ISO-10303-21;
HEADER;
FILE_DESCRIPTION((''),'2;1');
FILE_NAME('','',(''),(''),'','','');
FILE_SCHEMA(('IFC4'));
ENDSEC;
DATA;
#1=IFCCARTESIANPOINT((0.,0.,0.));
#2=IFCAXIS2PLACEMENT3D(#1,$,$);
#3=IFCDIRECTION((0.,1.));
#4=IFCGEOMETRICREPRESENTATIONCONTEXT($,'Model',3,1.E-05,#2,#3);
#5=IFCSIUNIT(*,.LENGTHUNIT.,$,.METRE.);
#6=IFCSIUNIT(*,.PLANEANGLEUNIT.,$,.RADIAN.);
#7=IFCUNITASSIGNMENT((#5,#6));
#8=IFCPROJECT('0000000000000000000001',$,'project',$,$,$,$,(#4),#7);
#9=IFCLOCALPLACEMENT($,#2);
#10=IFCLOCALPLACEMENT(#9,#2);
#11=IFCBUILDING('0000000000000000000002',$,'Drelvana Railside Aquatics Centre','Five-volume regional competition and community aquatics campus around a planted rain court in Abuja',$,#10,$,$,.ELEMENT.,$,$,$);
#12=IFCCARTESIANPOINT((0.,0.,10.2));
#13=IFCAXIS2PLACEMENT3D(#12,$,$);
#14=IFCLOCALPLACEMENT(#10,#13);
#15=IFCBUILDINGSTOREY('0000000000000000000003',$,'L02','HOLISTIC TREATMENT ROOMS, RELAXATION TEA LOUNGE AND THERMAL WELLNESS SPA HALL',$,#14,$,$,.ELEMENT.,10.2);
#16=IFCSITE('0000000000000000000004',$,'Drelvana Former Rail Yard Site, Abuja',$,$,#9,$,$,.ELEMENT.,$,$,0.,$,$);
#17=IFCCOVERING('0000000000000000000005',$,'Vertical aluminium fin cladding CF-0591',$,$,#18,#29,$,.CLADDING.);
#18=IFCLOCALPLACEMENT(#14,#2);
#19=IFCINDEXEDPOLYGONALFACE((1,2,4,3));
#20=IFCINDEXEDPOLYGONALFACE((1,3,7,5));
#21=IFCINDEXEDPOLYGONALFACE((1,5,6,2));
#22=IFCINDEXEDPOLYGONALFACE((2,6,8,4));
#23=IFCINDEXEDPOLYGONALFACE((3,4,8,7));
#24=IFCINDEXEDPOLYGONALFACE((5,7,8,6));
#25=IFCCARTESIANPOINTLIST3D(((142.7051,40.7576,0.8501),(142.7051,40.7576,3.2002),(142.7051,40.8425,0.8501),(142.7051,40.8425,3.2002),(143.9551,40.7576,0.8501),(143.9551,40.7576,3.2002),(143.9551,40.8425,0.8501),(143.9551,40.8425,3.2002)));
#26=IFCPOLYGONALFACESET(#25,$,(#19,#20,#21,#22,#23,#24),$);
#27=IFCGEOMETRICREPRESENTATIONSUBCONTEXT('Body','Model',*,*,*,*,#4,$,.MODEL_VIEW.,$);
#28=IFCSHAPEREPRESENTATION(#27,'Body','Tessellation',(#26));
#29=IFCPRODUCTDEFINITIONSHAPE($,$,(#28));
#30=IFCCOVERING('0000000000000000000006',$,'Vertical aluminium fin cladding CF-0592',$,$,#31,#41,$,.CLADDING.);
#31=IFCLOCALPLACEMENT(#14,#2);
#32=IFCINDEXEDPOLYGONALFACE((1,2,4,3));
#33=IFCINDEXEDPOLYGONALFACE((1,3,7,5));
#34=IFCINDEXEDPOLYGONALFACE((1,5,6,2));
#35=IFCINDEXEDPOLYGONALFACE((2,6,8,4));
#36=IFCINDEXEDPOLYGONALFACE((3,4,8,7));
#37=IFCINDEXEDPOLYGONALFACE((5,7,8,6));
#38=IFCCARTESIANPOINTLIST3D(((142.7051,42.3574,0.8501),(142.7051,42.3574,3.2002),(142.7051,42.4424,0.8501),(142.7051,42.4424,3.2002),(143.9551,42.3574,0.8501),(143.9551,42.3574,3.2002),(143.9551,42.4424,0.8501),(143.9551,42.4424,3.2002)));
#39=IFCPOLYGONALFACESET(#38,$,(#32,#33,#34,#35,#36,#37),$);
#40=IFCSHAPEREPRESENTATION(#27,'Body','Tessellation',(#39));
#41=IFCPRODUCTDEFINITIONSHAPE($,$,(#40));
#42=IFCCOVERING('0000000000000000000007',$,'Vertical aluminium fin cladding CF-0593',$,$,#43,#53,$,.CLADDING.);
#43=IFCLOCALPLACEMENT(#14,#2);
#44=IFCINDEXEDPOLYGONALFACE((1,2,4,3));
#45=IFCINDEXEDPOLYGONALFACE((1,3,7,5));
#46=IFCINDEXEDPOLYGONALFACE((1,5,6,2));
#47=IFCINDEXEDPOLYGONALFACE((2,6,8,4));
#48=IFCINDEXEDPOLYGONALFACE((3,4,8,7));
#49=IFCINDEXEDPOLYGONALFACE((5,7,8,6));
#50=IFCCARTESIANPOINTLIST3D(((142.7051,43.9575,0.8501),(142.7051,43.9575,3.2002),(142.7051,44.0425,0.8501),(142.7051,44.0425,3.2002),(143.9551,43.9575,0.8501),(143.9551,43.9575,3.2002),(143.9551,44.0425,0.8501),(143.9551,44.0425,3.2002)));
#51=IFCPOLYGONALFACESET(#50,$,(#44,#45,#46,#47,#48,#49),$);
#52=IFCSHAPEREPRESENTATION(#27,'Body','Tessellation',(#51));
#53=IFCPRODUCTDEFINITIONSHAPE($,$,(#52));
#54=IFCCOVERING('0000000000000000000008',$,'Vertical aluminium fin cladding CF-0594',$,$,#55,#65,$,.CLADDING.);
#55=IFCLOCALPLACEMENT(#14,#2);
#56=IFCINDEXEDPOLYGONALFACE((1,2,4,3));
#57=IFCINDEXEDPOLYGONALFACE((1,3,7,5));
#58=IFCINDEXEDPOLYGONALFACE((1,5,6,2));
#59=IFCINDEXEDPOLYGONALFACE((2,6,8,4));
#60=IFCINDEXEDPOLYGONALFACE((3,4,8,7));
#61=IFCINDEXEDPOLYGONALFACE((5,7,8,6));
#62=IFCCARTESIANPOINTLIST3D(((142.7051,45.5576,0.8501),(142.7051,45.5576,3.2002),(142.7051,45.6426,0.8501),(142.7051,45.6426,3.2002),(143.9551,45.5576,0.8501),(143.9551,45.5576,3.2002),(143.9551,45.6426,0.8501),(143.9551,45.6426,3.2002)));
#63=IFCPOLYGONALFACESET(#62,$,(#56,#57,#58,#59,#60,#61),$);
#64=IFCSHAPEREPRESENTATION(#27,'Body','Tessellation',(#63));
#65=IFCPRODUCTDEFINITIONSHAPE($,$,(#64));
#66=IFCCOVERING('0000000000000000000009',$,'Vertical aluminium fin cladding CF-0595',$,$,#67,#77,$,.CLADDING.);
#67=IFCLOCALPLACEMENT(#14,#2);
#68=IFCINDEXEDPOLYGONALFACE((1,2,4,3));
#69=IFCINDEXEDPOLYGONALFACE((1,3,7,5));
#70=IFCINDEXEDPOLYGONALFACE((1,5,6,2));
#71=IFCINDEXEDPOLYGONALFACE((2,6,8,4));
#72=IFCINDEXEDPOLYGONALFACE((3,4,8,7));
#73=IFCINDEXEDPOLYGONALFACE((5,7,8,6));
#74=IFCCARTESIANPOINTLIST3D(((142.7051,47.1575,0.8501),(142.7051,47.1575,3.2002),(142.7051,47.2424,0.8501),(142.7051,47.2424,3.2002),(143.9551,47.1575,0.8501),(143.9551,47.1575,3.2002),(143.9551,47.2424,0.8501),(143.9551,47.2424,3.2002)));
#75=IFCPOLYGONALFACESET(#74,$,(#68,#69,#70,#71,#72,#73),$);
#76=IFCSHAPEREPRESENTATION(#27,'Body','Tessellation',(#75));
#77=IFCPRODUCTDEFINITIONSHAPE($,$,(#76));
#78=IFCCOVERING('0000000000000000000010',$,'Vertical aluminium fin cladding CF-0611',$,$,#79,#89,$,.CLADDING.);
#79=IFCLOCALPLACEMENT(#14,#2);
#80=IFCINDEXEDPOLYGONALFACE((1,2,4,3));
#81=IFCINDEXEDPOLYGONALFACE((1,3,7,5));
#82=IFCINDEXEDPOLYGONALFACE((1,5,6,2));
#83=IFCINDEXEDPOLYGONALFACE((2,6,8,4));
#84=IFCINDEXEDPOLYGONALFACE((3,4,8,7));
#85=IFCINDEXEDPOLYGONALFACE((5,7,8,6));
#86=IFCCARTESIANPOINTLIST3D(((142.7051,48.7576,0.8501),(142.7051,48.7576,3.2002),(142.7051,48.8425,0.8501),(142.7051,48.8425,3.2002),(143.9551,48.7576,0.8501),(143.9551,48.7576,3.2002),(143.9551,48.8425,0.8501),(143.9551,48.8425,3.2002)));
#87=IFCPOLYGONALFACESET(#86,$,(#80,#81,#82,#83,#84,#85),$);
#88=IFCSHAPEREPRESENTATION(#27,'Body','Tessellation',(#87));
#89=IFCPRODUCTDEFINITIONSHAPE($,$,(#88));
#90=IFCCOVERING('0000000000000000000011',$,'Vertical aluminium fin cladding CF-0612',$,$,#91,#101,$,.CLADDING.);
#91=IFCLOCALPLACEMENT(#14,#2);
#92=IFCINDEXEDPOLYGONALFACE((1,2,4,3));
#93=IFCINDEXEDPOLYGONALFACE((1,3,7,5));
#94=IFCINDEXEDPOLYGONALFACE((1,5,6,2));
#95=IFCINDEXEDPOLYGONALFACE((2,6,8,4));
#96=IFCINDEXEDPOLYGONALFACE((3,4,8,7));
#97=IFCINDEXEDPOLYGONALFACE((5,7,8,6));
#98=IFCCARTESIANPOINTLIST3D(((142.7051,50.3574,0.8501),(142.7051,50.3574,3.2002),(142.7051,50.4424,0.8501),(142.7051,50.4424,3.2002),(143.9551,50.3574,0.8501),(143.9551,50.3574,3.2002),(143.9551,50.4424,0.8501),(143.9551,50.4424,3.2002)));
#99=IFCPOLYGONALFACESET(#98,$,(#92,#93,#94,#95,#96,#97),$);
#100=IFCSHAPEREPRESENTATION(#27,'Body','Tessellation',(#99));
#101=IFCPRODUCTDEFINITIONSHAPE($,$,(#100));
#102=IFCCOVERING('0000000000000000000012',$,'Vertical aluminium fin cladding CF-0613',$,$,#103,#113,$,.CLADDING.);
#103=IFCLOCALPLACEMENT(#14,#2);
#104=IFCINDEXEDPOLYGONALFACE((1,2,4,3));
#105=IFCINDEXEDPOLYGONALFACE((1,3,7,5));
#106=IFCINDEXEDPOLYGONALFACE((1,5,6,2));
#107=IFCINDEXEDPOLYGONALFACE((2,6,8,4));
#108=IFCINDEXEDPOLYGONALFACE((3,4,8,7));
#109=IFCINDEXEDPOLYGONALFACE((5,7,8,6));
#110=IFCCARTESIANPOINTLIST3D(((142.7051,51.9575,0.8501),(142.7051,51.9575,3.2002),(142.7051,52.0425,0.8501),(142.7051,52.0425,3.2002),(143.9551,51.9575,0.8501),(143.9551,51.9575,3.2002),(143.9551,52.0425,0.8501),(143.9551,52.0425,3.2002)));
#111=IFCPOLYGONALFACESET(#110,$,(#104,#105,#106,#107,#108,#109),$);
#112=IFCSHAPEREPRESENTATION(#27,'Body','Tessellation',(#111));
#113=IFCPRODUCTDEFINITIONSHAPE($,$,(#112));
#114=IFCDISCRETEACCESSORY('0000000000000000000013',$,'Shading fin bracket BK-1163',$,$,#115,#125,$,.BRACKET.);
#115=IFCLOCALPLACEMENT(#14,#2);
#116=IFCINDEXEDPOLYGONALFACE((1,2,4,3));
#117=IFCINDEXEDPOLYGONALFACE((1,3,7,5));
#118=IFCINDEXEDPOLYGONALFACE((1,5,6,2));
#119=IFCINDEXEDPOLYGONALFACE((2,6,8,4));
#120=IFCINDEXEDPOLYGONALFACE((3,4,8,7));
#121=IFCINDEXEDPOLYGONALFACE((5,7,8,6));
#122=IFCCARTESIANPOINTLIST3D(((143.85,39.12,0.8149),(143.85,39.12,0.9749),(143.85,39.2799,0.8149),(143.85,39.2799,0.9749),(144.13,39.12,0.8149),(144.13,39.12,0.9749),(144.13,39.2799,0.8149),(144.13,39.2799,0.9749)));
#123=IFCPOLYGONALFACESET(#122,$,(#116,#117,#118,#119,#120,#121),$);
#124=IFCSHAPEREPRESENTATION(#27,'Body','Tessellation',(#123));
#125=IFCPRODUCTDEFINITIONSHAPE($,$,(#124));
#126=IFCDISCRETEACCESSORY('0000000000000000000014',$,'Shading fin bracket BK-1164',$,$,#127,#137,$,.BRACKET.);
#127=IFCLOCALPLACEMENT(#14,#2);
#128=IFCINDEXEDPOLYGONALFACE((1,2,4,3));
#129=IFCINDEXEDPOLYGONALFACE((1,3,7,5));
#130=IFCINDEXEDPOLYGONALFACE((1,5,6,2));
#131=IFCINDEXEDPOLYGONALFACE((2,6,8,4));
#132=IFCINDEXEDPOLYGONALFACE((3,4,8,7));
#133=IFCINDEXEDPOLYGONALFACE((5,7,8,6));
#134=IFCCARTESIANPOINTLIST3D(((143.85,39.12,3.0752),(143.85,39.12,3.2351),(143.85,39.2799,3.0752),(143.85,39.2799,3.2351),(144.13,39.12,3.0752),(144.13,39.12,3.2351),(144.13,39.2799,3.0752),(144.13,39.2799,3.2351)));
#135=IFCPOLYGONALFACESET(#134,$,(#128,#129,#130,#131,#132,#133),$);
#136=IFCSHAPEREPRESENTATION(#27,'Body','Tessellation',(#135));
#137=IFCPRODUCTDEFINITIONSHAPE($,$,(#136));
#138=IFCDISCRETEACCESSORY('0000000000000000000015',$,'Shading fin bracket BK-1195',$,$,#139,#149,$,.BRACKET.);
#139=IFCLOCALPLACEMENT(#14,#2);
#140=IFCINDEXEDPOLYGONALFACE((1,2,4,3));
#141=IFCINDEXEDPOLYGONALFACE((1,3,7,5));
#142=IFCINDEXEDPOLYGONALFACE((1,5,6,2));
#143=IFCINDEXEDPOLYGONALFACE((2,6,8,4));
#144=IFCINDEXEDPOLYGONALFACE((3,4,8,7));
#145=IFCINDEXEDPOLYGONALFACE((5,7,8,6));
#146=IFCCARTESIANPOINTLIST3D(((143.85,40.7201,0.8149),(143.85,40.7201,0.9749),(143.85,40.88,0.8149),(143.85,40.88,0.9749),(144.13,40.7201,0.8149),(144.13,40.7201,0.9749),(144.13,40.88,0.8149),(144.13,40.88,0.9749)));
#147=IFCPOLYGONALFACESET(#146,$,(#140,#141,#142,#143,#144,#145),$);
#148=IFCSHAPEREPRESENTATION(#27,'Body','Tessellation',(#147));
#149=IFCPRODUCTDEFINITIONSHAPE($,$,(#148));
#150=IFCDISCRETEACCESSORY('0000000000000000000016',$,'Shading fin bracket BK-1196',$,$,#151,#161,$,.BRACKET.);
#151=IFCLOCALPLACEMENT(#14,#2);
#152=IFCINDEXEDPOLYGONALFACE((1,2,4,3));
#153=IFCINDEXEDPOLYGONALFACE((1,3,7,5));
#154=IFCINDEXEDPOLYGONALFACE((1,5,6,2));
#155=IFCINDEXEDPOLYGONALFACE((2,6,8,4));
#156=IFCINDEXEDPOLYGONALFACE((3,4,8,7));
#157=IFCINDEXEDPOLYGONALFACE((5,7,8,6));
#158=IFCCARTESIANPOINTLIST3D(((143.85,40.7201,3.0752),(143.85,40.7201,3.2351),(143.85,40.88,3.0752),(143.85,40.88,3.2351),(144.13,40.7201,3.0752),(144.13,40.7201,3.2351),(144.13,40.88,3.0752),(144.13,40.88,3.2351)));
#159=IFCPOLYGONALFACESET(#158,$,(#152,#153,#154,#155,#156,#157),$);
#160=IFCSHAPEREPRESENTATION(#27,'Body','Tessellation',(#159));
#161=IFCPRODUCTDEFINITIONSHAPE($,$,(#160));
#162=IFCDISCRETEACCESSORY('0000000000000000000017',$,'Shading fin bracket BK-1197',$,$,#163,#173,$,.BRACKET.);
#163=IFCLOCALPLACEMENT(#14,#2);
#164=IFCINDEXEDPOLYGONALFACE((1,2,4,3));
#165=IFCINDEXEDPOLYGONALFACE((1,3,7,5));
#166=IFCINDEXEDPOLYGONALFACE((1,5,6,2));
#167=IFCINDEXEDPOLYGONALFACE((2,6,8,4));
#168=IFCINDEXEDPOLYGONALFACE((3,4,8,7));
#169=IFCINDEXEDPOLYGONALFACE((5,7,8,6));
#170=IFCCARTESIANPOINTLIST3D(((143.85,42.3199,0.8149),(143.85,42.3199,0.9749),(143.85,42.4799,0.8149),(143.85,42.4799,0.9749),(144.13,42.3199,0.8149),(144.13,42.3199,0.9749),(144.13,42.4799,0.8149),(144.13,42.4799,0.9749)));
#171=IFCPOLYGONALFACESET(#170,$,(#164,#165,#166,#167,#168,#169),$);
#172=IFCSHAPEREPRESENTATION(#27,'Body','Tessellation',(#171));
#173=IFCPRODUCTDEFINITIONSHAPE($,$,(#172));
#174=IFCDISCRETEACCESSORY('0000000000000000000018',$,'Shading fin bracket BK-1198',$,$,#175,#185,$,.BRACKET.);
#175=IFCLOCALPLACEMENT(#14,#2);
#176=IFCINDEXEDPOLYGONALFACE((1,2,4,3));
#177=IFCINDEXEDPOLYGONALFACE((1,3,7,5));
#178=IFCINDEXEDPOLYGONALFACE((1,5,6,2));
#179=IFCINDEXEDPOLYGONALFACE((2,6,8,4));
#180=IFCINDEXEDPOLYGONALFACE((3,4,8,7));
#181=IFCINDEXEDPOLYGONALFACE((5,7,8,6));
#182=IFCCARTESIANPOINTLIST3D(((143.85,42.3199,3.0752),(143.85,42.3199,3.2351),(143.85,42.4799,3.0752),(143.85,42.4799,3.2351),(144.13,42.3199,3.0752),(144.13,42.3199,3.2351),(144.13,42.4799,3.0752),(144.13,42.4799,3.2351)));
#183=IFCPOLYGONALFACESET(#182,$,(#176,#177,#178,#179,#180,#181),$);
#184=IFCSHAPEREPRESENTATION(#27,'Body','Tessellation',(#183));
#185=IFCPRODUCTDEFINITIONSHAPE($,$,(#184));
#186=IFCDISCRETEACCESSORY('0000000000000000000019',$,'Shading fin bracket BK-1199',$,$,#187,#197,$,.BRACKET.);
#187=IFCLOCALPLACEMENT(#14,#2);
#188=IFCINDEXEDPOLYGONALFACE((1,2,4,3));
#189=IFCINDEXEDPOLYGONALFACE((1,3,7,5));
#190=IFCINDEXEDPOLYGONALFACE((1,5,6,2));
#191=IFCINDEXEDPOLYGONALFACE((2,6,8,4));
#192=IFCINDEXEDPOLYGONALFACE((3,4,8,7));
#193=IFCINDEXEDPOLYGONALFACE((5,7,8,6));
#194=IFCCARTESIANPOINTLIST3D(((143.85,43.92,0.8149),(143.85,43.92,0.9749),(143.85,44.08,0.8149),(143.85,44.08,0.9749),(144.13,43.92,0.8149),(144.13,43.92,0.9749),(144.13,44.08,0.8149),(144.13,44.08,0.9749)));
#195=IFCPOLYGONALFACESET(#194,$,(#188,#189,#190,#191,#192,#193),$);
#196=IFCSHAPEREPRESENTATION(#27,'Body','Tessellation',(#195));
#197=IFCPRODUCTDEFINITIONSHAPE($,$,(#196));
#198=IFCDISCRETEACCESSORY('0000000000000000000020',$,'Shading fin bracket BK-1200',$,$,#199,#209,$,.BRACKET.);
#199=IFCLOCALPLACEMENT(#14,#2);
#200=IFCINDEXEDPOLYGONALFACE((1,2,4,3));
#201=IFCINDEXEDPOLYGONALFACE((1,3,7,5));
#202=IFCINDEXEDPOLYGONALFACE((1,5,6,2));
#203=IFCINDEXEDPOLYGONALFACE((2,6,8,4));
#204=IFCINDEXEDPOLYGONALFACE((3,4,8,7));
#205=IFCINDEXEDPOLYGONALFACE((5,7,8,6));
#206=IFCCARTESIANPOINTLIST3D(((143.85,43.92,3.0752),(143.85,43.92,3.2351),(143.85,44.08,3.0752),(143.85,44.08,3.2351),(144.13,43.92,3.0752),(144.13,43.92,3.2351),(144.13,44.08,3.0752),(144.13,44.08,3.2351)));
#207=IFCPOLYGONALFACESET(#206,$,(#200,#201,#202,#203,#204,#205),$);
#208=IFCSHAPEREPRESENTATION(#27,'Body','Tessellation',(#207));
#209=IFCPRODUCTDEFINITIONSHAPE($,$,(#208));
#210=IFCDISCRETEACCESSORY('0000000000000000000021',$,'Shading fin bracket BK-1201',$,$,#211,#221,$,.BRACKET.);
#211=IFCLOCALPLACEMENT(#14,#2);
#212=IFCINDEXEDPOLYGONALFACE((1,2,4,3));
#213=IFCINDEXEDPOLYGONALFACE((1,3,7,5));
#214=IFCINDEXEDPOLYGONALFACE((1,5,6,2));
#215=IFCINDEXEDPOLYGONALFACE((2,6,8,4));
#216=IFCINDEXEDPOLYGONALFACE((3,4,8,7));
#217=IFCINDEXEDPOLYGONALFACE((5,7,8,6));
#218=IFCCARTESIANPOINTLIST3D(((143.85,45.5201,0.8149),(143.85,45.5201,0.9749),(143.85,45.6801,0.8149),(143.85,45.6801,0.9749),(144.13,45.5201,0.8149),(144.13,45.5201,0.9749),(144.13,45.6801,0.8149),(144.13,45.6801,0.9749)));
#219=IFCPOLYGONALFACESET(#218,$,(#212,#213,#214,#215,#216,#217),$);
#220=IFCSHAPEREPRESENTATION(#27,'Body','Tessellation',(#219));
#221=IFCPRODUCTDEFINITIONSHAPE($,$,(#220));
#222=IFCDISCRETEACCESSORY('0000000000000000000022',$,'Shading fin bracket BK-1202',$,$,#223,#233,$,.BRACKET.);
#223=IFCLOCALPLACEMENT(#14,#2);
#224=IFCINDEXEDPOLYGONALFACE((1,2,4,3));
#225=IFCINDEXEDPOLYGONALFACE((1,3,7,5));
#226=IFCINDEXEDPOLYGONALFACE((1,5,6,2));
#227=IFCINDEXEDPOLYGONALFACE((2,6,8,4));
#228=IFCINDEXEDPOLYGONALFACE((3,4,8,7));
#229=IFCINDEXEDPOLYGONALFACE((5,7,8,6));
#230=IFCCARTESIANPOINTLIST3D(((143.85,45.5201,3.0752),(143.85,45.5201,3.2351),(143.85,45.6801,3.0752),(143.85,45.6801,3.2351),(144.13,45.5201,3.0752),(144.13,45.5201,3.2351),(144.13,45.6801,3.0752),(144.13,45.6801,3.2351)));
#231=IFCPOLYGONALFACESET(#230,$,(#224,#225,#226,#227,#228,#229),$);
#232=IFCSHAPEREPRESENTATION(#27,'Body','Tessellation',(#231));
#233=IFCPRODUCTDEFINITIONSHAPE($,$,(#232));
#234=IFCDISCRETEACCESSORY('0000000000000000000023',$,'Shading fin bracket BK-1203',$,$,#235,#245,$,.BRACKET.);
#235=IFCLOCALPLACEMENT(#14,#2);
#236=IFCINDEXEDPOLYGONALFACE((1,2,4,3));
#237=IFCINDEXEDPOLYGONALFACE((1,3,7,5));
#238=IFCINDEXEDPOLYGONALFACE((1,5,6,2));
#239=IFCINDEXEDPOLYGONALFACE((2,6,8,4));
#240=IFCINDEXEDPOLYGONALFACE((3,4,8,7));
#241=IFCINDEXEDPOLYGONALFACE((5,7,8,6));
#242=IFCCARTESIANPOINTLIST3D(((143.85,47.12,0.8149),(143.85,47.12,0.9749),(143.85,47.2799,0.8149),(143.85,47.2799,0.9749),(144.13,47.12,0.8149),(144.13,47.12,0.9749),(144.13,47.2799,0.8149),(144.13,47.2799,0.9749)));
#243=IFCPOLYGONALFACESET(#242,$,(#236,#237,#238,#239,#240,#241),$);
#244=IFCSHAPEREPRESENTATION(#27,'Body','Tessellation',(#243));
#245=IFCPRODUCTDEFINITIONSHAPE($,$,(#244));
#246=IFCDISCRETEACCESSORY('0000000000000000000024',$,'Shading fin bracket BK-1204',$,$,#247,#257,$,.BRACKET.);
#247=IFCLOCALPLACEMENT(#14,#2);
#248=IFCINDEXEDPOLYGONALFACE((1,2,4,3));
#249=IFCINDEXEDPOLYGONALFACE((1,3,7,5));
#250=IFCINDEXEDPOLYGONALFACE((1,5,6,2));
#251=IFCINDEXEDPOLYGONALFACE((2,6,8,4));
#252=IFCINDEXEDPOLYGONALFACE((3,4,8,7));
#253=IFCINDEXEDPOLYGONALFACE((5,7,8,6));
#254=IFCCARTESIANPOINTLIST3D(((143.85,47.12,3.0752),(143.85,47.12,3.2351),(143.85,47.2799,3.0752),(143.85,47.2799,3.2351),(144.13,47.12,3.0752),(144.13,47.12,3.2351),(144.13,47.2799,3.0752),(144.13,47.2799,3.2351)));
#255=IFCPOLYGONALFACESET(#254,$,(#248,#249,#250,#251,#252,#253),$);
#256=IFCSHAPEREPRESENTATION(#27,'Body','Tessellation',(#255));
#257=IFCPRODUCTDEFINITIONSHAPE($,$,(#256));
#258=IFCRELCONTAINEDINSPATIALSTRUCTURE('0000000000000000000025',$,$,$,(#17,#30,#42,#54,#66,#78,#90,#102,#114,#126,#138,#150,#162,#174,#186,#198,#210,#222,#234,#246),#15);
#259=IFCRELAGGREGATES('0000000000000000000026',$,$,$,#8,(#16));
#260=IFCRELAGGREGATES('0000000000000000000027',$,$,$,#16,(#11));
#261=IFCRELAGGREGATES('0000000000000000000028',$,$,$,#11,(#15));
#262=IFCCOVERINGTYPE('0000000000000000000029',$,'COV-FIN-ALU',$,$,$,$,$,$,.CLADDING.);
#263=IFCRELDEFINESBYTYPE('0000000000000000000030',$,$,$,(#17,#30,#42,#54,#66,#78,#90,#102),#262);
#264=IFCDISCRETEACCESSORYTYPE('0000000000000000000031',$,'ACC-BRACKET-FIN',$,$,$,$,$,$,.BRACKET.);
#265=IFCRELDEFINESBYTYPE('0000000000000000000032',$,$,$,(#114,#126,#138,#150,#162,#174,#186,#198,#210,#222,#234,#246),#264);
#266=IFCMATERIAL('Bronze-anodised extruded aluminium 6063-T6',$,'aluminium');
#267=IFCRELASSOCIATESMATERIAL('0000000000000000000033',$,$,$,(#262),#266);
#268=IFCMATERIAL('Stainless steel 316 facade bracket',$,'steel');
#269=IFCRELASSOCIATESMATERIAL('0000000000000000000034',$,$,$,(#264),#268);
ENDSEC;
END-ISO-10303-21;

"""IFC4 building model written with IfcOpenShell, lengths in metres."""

from ifc_helpers import new_model, si_unit, direction, frame, origin, origin_2d, place, context, subcontext, project, spatial, rectangle, extrude, material, type_object, element, save


model = new_model("IFC4")

# Units and contexts
model_context = context("Model", 3, precision=1e-05, world=origin(), true_north=direction((0.0, 1.0)))
body_context = subcontext(model_context, "Body", "Model", "MODEL_VIEW")
ifc_project = project(units=[si_unit("LENGTHUNIT", "METRE"), si_unit("PLANEANGLEUNIT", "RADIAN")], contexts=[model_context])

# Site, building, storey
site_placement = place(None, origin())
site = spatial("IfcSite", under=ifc_project, at=site_placement, Name="Drelvana Former Rail Yard Site, Abuja", CompositionType="ELEMENT", RefElevation=0.0)
building_placement = place(site_placement, origin())
building = spatial("IfcBuilding", under=site, at=building_placement, Name="Drelvana Railside Aquatics Centre", Description="Five-volume regional competition and community aquatics campus around a planted rain court in Abuja", CompositionType="ELEMENT")
storey_placement = place(building_placement, frame((0.0, 0.0, 10.2)))
storey = spatial("IfcBuildingStorey", under=building, at=storey_placement, Name="L02", Description="HOLISTIC TREATMENT ROOMS, RELAXATION TEA LOUNGE AND THERMAL WELLNESS SPA HALL", CompositionType="ELEMENT", Elevation=10.2)

# Coverings
ifc_material_1 = material(Name="Bronze-anodised extruded aluminium 6063-T6", Category="aluminium")
covering_type = type_object("IfcCoveringType", Name="COV-FIN-ALU", PredefinedType="CLADDING", material=ifc_material_1)
for number, where, z_axis, x_axis, name in (
    (1, (143.3301, 40.8, 0.8501), (0.0, 0.0, 1.0), (0.0, 1.0, 0.0), "Vertical aluminium fin cladding CF-0591"),
    (2, (143.3301, 42.3999, 0.8501), (0.0, 0.0, 1.0), (0.0, 1.0, 0.0), "Vertical aluminium fin cladding CF-0592"),
    (3, (143.3301, 44.0, 0.8501), (0.0, 0.0, 1.0), (0.0, 1.0, 0.0), "Vertical aluminium fin cladding CF-0593"),
    (4, (143.3301, 45.6001, 0.8501), (0.0, 0.0, 1.0), (0.0, 1.0, 0.0), "Vertical aluminium fin cladding CF-0594"),
    (5, (143.3301, 47.2, 0.8501), (0.0, 0.0, 1.0), (0.0, 1.0, 0.0), "Vertical aluminium fin cladding CF-0595"),
    (6, (143.3301, 48.8, 0.8501), (0.0, 0.0, 1.0), (0.0, 1.0, 0.0), "Vertical aluminium fin cladding CF-0611"),
    (7, (143.3301, 50.3999, 0.8501), (0.0, 0.0, 1.0), (0.0, 1.0, 0.0), "Vertical aluminium fin cladding CF-0612"),
    (8, (143.3301, 52.0, 0.8501), (0.0, 0.0, 1.0), (0.0, 1.0, 0.0), "Vertical aluminium fin cladding CF-0613"),
):
    element("IfcCovering", number, at=place(storey_placement, frame(where, z_axis=z_axis, x_axis=x_axis)), inside=storey, type_object=covering_type, Name=name, PredefinedType="CLADDING", context=body_context, shape_type="SweptSolid", body=[
        extrude(rectangle(XDim=0.085, YDim=1.25, at=origin_2d()), origin(), (0.0, 0.0, 1.0), 2.3501),
    ])

# Discrete accessories
ifc_material_2 = material(Name="Stainless steel 316 facade bracket", Category="steel")
discrete_accessory_type = type_object("IfcDiscreteAccessoryType", Name="ACC-BRACKET-FIN", PredefinedType="BRACKET", material=ifc_material_2)
for number, where, z_axis, x_axis, name in (
    (9, (143.99, 39.2, 0.8149), (0.0, 0.0, 1.0), (-1.0, 0.0, 0.0), "Shading fin bracket BK-1163"),
    (10, (143.99, 39.2, 3.0752), (0.0, 0.0, 1.0), (-1.0, 0.0, 0.0), "Shading fin bracket BK-1164"),
    (11, (143.99, 40.8, 0.8149), (0.0, 0.0, 1.0), (-1.0, 0.0, 0.0), "Shading fin bracket BK-1195"),
    (12, (143.99, 40.8, 3.0752), (0.0, 0.0, 1.0), (-1.0, 0.0, 0.0), "Shading fin bracket BK-1196"),
    (13, (143.99, 42.3999, 0.8149), (0.0, 0.0, 1.0), (-1.0, 0.0, 0.0), "Shading fin bracket BK-1197"),
    (14, (143.99, 42.3999, 3.0752), (0.0, 0.0, 1.0), (-1.0, 0.0, 0.0), "Shading fin bracket BK-1198"),
    (15, (143.99, 44.0, 0.8149), (0.0, 0.0, 1.0), (-1.0, 0.0, 0.0), "Shading fin bracket BK-1199"),
    (16, (143.99, 44.0, 3.0752), (0.0, 0.0, 1.0), (-1.0, 0.0, 0.0), "Shading fin bracket BK-1200"),
    (17, (143.99, 45.6001, 0.8149), (0.0, 0.0, 1.0), (-1.0, 0.0, 0.0), "Shading fin bracket BK-1201"),
    (18, (143.99, 45.6001, 3.0752), (0.0, 0.0, 1.0), (-1.0, 0.0, 0.0), "Shading fin bracket BK-1202"),
    (19, (143.99, 47.2, 0.8149), (0.0, 0.0, 1.0), (-1.0, 0.0, 0.0), "Shading fin bracket BK-1203"),
    (20, (143.99, 47.2, 3.0752), (0.0, 0.0, 1.0), (-1.0, 0.0, 0.0), "Shading fin bracket BK-1204"),
):
    element("IfcDiscreteAccessory", number, at=place(storey_placement, frame(where, z_axis=z_axis, x_axis=x_axis)), inside=storey, type_object=discrete_accessory_type, Name=name, PredefinedType="BRACKET", context=body_context, shape_type="SweptSolid", body=[
        extrude(rectangle(XDim=0.28, YDim=0.1599, at=origin_2d()), origin(), (0.0, 0.0, 1.0), 0.1599),
    ])

save(model, "model.ifc")
